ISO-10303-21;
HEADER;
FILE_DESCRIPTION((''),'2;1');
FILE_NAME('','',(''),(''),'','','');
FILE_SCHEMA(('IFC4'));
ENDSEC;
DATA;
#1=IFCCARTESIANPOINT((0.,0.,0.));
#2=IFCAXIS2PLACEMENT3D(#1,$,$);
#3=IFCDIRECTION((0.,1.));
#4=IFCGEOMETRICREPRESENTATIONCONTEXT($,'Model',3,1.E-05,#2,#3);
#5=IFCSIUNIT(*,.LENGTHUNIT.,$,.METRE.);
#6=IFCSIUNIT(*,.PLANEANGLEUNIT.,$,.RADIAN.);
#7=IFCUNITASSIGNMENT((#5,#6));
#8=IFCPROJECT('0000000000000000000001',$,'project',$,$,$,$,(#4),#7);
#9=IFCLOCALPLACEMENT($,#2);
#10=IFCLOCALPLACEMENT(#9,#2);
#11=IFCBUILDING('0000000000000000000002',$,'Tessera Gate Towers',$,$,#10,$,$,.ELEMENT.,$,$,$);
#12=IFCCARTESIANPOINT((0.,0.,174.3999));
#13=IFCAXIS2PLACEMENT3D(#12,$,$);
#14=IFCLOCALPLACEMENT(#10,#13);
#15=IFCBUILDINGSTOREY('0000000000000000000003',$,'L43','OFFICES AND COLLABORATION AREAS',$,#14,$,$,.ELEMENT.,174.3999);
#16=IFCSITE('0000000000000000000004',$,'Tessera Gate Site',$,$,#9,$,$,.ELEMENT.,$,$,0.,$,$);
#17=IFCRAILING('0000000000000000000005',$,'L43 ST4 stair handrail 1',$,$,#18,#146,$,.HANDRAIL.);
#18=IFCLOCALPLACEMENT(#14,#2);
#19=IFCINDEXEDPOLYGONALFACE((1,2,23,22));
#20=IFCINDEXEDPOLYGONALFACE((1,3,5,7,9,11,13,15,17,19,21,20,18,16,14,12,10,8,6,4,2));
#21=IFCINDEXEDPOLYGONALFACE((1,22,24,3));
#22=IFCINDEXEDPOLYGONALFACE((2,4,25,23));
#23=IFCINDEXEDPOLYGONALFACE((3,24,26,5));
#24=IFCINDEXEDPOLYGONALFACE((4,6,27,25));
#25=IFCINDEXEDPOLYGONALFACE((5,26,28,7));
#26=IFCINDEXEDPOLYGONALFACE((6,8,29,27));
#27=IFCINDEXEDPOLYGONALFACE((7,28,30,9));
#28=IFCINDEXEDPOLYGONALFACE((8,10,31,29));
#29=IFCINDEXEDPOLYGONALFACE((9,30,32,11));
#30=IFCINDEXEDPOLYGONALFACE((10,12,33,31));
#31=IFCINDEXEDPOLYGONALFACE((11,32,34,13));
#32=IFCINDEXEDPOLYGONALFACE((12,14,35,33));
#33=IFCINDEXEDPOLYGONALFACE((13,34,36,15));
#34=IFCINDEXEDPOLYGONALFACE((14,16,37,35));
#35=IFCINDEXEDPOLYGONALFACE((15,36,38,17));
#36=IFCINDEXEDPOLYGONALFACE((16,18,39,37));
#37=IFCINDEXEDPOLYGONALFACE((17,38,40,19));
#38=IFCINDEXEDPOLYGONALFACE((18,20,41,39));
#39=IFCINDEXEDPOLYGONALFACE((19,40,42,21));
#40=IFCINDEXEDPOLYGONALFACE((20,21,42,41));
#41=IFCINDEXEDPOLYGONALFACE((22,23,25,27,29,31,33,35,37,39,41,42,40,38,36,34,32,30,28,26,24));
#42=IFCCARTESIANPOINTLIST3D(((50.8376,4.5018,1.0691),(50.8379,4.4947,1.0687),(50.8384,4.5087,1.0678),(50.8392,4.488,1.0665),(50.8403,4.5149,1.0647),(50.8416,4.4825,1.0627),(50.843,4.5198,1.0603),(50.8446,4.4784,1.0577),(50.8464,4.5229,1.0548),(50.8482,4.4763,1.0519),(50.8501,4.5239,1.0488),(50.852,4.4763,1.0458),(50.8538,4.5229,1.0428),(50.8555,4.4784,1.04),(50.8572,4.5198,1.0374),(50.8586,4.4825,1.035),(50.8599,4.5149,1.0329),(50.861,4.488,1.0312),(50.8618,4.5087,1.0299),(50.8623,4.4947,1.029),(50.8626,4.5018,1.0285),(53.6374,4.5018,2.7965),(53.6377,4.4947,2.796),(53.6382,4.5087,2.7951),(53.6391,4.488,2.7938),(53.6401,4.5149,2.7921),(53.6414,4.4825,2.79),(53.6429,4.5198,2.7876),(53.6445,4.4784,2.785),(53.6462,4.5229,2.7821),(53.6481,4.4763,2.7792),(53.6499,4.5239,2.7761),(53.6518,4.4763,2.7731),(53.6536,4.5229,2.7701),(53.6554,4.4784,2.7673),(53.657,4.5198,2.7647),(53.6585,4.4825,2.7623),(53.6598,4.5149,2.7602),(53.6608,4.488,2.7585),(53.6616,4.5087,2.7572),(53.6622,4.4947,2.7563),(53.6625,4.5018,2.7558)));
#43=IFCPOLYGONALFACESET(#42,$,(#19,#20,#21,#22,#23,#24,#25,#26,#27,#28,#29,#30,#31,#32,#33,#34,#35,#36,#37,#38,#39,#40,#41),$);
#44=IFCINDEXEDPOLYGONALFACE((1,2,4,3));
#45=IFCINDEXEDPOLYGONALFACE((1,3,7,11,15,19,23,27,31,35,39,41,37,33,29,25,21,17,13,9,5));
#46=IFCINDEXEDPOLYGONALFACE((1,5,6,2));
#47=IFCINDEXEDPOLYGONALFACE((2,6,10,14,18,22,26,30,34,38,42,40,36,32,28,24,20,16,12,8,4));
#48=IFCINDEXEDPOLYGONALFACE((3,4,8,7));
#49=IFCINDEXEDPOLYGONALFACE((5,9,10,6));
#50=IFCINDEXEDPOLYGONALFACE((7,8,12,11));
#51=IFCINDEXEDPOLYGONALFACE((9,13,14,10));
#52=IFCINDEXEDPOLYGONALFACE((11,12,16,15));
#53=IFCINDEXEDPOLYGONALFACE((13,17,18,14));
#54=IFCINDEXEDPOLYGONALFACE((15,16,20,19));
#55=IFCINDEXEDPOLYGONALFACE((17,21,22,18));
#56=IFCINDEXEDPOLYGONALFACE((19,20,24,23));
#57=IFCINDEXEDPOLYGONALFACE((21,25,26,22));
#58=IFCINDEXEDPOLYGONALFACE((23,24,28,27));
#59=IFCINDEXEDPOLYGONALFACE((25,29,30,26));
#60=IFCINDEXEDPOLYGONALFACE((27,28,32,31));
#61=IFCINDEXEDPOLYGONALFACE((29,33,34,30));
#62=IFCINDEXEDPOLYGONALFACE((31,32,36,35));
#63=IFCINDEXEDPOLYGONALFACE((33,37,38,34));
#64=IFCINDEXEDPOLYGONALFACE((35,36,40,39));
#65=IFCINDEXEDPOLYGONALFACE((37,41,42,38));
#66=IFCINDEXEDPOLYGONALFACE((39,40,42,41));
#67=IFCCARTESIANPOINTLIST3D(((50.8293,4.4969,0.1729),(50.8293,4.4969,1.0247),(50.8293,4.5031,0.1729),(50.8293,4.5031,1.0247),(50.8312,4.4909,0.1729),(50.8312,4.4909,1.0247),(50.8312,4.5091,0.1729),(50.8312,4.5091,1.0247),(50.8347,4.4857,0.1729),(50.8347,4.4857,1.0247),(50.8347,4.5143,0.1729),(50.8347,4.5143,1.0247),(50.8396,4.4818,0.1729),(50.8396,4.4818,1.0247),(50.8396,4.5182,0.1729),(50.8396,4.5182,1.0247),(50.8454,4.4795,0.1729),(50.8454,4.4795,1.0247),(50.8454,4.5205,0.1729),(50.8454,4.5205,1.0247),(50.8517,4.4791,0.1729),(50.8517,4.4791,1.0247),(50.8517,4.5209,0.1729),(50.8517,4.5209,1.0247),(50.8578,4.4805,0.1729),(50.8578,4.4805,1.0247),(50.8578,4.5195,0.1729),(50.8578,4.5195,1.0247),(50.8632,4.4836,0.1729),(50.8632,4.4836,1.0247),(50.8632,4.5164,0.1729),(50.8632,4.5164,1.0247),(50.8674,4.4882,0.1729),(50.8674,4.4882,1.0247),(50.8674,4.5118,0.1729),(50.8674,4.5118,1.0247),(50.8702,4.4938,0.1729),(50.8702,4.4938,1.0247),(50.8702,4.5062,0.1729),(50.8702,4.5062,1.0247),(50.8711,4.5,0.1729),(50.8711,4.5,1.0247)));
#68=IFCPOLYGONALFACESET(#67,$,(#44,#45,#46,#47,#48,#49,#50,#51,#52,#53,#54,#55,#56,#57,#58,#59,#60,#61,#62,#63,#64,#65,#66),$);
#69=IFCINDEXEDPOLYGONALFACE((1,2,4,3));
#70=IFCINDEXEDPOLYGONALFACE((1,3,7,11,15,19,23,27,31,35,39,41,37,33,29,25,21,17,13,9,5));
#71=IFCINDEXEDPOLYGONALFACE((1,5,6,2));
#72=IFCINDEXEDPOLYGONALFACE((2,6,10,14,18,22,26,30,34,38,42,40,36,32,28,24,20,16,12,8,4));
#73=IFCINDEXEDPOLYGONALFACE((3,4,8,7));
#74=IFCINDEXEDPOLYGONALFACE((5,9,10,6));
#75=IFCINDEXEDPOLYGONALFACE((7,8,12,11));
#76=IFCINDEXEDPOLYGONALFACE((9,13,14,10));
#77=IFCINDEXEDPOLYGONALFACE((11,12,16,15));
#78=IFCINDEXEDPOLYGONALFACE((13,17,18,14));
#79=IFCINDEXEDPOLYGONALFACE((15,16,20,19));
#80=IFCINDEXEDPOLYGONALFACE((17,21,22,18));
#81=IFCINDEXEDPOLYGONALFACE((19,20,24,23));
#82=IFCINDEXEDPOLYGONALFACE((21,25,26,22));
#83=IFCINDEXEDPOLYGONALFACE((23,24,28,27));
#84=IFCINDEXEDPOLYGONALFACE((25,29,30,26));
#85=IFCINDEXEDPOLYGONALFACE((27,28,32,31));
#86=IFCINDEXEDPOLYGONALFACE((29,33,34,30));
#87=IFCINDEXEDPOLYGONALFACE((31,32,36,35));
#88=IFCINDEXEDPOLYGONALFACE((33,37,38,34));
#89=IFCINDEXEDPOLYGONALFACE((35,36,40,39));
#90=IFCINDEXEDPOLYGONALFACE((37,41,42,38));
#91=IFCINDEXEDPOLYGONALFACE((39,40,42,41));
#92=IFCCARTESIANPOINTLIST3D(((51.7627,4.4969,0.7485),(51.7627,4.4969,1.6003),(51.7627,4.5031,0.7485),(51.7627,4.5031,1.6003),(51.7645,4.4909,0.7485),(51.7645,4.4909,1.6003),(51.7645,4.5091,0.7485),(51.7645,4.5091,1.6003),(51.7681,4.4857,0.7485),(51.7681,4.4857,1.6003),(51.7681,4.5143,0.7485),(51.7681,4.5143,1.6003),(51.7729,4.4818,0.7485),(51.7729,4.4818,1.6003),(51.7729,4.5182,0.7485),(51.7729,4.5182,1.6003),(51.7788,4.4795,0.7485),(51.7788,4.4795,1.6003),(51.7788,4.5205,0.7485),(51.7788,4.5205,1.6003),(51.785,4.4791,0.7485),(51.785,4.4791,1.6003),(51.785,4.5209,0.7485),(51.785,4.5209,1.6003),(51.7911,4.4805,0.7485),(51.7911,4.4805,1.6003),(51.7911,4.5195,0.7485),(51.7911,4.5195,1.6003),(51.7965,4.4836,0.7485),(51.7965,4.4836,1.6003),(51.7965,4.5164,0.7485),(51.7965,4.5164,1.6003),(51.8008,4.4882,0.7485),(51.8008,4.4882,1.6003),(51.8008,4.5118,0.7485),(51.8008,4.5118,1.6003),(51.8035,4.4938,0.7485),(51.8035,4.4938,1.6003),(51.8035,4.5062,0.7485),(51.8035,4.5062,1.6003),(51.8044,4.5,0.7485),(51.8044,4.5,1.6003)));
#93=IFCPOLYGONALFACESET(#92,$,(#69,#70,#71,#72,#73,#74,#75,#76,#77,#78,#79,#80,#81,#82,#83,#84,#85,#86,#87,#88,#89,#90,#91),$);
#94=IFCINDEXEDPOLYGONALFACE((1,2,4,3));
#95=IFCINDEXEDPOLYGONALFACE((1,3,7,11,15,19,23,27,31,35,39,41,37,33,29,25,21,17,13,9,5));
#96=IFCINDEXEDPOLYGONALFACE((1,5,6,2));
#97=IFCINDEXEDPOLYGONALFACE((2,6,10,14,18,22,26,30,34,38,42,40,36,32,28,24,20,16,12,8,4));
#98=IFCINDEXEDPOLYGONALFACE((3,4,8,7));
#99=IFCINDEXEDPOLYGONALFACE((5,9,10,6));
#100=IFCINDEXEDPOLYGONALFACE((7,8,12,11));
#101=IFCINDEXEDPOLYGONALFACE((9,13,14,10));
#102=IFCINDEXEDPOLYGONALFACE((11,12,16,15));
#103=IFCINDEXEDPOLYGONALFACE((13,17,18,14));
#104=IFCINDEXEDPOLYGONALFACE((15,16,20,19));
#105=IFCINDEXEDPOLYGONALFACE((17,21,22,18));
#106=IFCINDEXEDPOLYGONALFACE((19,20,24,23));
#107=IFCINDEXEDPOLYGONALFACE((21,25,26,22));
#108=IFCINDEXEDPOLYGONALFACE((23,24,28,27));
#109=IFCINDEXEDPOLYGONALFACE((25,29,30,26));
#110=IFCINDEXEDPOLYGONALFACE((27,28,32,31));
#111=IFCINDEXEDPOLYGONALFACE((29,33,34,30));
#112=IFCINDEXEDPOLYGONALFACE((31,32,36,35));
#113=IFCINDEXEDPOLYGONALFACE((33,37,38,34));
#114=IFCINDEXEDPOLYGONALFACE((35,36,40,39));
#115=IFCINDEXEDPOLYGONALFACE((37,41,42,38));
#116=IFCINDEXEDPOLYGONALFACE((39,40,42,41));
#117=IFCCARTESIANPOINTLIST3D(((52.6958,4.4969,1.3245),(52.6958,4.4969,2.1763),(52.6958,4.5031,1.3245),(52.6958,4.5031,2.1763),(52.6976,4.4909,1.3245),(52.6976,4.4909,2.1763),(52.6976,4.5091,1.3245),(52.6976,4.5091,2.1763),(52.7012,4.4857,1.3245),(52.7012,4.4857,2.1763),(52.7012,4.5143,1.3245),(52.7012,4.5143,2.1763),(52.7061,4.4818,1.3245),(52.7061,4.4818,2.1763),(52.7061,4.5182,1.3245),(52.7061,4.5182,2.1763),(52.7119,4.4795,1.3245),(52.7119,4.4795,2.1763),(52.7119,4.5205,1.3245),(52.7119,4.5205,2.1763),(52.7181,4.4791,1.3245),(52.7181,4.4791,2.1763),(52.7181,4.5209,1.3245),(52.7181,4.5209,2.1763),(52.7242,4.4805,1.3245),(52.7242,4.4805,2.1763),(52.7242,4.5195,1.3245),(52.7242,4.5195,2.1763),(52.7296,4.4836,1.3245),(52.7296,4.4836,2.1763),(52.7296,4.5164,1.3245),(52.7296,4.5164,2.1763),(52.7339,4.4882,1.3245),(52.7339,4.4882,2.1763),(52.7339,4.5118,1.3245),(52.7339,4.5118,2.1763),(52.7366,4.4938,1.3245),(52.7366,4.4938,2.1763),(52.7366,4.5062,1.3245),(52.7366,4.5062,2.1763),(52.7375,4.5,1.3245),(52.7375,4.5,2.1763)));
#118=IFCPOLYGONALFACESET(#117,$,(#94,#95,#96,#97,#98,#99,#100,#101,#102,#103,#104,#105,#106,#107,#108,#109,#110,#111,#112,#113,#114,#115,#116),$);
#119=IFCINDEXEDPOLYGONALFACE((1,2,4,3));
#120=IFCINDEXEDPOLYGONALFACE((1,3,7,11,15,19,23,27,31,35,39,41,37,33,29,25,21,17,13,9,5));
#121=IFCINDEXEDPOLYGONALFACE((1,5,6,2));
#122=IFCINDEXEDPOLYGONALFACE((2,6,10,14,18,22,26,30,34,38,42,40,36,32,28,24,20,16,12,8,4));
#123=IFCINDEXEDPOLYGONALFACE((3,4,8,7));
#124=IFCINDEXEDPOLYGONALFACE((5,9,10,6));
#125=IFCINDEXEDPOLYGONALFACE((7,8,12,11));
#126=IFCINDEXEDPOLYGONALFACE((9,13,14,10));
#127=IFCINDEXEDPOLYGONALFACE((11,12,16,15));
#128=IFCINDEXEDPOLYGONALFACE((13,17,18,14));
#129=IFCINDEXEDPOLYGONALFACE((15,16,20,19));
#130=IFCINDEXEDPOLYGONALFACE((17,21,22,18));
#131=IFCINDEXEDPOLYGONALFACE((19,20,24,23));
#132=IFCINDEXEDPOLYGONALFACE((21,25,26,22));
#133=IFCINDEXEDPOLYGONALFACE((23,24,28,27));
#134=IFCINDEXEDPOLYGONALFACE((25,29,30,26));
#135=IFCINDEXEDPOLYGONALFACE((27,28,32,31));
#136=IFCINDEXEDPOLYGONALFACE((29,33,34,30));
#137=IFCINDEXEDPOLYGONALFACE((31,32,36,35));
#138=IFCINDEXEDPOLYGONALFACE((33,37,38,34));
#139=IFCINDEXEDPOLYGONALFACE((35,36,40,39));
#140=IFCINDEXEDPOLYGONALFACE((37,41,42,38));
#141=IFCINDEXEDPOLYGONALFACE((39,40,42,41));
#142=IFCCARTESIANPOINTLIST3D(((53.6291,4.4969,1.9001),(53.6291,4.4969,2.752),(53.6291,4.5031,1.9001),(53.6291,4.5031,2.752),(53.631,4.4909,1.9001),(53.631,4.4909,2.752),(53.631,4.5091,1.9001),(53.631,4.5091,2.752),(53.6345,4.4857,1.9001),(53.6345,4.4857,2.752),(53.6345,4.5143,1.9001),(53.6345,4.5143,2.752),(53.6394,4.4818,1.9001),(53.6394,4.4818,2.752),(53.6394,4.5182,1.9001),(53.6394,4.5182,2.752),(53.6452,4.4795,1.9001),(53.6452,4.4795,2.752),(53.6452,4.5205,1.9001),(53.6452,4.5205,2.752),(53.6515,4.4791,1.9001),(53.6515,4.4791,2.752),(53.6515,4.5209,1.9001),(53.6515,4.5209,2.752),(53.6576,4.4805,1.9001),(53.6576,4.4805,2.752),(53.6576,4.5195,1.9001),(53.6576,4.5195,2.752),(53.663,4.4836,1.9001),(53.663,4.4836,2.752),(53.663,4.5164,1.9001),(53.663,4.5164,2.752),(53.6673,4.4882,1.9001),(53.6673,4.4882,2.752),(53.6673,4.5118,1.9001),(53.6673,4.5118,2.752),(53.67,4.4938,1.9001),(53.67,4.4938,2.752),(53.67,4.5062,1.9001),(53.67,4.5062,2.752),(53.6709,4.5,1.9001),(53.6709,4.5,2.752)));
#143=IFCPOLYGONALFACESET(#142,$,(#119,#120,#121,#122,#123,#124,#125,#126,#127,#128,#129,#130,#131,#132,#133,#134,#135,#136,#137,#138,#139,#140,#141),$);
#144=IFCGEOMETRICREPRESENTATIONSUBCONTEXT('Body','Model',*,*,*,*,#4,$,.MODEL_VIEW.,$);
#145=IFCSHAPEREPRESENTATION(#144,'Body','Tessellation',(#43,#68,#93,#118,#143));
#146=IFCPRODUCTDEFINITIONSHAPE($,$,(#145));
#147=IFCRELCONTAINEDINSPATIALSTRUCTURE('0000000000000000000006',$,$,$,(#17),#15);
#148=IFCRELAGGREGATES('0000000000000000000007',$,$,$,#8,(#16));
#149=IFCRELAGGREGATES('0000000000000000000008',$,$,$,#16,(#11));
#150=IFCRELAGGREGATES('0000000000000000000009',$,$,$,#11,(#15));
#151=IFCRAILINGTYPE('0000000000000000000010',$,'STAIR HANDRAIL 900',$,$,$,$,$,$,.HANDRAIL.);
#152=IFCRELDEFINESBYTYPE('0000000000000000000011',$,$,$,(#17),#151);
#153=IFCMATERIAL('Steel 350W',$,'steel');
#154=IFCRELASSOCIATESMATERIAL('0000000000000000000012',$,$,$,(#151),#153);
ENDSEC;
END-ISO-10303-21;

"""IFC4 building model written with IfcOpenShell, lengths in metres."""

from ifc_helpers import new_model, si_unit, direction, frame, origin, origin_2d, place, context, subcontext, project, spatial, circle, extrude, material, type_object, element, save


model = new_model("IFC4")

# Units and contexts
model_context = context("Model", 3, precision=1e-05, world=origin(), true_north=direction((0.0, 1.0)))
body_context = subcontext(model_context, "Body", "Model", "MODEL_VIEW")
ifc_project = project(units=[si_unit("LENGTHUNIT", "METRE"), si_unit("PLANEANGLEUNIT", "RADIAN")], contexts=[model_context])

# Site, building, storey
site_placement = place(None, origin())
site = spatial("IfcSite", under=ifc_project, at=site_placement, Name="Tessera Gate Site", CompositionType="ELEMENT", RefElevation=0.0)
building_placement = place(site_placement, origin())
building = spatial("IfcBuilding", under=site, at=building_placement, Name="Tessera Gate Towers", CompositionType="ELEMENT")
storey_placement = place(building_placement, frame((0.0, 0.0, 174.3999)))
storey = spatial("IfcBuildingStorey", under=building, at=storey_placement, Name="L43", Description="OFFICES AND COLLABORATION AREAS", CompositionType="ELEMENT", Elevation=174.3999)

# Railing
ifc_material_1 = material(Name="Steel 350W", Category="steel")
railing_type_1 = type_object("IfcRailingType", Name="STAIR HANDRAIL 900", PredefinedType="HANDRAIL", material=ifc_material_1)
railing_1_placement = place(storey_placement, frame((50.8501, 4.5, 0.1729)))
element("IfcRailing", 1, at=railing_1_placement, inside=storey, type_object=railing_type_1, Name="L43 ST4 stair handrail 1", PredefinedType="HANDRAIL", context=body_context, shape_type="SweptSolid", body=[
    extrude(circle(Radius=0.0239, at=origin_2d()), frame((0.0, 0.0, 0.876), z_axis=(0.851069, 0.0, 0.525054), x_axis=(0.0, 1.0, 0.0)), (0.0, 0.0, 1.0), 3.2898),
    extrude(circle(Radius=0.021, at=origin_2d()), origin(), (0.0, 0.0, 1.0), 0.8518),
    extrude(circle(Radius=0.021, at=origin_2d()), frame((0.9333, 0.0, 0.5757)), (0.0, 0.0, 1.0), 0.8518),
    extrude(circle(Radius=0.021, at=origin_2d()), frame((1.8665, 0.0, 1.1516)), (0.0, 0.0, 1.0), 0.8518),
    extrude(circle(Radius=0.021, at=origin_2d()), frame((2.7998, 0.0, 1.7273)), (0.0, 0.0, 1.0), 0.8518),
])

save(model, "model.ifc")
